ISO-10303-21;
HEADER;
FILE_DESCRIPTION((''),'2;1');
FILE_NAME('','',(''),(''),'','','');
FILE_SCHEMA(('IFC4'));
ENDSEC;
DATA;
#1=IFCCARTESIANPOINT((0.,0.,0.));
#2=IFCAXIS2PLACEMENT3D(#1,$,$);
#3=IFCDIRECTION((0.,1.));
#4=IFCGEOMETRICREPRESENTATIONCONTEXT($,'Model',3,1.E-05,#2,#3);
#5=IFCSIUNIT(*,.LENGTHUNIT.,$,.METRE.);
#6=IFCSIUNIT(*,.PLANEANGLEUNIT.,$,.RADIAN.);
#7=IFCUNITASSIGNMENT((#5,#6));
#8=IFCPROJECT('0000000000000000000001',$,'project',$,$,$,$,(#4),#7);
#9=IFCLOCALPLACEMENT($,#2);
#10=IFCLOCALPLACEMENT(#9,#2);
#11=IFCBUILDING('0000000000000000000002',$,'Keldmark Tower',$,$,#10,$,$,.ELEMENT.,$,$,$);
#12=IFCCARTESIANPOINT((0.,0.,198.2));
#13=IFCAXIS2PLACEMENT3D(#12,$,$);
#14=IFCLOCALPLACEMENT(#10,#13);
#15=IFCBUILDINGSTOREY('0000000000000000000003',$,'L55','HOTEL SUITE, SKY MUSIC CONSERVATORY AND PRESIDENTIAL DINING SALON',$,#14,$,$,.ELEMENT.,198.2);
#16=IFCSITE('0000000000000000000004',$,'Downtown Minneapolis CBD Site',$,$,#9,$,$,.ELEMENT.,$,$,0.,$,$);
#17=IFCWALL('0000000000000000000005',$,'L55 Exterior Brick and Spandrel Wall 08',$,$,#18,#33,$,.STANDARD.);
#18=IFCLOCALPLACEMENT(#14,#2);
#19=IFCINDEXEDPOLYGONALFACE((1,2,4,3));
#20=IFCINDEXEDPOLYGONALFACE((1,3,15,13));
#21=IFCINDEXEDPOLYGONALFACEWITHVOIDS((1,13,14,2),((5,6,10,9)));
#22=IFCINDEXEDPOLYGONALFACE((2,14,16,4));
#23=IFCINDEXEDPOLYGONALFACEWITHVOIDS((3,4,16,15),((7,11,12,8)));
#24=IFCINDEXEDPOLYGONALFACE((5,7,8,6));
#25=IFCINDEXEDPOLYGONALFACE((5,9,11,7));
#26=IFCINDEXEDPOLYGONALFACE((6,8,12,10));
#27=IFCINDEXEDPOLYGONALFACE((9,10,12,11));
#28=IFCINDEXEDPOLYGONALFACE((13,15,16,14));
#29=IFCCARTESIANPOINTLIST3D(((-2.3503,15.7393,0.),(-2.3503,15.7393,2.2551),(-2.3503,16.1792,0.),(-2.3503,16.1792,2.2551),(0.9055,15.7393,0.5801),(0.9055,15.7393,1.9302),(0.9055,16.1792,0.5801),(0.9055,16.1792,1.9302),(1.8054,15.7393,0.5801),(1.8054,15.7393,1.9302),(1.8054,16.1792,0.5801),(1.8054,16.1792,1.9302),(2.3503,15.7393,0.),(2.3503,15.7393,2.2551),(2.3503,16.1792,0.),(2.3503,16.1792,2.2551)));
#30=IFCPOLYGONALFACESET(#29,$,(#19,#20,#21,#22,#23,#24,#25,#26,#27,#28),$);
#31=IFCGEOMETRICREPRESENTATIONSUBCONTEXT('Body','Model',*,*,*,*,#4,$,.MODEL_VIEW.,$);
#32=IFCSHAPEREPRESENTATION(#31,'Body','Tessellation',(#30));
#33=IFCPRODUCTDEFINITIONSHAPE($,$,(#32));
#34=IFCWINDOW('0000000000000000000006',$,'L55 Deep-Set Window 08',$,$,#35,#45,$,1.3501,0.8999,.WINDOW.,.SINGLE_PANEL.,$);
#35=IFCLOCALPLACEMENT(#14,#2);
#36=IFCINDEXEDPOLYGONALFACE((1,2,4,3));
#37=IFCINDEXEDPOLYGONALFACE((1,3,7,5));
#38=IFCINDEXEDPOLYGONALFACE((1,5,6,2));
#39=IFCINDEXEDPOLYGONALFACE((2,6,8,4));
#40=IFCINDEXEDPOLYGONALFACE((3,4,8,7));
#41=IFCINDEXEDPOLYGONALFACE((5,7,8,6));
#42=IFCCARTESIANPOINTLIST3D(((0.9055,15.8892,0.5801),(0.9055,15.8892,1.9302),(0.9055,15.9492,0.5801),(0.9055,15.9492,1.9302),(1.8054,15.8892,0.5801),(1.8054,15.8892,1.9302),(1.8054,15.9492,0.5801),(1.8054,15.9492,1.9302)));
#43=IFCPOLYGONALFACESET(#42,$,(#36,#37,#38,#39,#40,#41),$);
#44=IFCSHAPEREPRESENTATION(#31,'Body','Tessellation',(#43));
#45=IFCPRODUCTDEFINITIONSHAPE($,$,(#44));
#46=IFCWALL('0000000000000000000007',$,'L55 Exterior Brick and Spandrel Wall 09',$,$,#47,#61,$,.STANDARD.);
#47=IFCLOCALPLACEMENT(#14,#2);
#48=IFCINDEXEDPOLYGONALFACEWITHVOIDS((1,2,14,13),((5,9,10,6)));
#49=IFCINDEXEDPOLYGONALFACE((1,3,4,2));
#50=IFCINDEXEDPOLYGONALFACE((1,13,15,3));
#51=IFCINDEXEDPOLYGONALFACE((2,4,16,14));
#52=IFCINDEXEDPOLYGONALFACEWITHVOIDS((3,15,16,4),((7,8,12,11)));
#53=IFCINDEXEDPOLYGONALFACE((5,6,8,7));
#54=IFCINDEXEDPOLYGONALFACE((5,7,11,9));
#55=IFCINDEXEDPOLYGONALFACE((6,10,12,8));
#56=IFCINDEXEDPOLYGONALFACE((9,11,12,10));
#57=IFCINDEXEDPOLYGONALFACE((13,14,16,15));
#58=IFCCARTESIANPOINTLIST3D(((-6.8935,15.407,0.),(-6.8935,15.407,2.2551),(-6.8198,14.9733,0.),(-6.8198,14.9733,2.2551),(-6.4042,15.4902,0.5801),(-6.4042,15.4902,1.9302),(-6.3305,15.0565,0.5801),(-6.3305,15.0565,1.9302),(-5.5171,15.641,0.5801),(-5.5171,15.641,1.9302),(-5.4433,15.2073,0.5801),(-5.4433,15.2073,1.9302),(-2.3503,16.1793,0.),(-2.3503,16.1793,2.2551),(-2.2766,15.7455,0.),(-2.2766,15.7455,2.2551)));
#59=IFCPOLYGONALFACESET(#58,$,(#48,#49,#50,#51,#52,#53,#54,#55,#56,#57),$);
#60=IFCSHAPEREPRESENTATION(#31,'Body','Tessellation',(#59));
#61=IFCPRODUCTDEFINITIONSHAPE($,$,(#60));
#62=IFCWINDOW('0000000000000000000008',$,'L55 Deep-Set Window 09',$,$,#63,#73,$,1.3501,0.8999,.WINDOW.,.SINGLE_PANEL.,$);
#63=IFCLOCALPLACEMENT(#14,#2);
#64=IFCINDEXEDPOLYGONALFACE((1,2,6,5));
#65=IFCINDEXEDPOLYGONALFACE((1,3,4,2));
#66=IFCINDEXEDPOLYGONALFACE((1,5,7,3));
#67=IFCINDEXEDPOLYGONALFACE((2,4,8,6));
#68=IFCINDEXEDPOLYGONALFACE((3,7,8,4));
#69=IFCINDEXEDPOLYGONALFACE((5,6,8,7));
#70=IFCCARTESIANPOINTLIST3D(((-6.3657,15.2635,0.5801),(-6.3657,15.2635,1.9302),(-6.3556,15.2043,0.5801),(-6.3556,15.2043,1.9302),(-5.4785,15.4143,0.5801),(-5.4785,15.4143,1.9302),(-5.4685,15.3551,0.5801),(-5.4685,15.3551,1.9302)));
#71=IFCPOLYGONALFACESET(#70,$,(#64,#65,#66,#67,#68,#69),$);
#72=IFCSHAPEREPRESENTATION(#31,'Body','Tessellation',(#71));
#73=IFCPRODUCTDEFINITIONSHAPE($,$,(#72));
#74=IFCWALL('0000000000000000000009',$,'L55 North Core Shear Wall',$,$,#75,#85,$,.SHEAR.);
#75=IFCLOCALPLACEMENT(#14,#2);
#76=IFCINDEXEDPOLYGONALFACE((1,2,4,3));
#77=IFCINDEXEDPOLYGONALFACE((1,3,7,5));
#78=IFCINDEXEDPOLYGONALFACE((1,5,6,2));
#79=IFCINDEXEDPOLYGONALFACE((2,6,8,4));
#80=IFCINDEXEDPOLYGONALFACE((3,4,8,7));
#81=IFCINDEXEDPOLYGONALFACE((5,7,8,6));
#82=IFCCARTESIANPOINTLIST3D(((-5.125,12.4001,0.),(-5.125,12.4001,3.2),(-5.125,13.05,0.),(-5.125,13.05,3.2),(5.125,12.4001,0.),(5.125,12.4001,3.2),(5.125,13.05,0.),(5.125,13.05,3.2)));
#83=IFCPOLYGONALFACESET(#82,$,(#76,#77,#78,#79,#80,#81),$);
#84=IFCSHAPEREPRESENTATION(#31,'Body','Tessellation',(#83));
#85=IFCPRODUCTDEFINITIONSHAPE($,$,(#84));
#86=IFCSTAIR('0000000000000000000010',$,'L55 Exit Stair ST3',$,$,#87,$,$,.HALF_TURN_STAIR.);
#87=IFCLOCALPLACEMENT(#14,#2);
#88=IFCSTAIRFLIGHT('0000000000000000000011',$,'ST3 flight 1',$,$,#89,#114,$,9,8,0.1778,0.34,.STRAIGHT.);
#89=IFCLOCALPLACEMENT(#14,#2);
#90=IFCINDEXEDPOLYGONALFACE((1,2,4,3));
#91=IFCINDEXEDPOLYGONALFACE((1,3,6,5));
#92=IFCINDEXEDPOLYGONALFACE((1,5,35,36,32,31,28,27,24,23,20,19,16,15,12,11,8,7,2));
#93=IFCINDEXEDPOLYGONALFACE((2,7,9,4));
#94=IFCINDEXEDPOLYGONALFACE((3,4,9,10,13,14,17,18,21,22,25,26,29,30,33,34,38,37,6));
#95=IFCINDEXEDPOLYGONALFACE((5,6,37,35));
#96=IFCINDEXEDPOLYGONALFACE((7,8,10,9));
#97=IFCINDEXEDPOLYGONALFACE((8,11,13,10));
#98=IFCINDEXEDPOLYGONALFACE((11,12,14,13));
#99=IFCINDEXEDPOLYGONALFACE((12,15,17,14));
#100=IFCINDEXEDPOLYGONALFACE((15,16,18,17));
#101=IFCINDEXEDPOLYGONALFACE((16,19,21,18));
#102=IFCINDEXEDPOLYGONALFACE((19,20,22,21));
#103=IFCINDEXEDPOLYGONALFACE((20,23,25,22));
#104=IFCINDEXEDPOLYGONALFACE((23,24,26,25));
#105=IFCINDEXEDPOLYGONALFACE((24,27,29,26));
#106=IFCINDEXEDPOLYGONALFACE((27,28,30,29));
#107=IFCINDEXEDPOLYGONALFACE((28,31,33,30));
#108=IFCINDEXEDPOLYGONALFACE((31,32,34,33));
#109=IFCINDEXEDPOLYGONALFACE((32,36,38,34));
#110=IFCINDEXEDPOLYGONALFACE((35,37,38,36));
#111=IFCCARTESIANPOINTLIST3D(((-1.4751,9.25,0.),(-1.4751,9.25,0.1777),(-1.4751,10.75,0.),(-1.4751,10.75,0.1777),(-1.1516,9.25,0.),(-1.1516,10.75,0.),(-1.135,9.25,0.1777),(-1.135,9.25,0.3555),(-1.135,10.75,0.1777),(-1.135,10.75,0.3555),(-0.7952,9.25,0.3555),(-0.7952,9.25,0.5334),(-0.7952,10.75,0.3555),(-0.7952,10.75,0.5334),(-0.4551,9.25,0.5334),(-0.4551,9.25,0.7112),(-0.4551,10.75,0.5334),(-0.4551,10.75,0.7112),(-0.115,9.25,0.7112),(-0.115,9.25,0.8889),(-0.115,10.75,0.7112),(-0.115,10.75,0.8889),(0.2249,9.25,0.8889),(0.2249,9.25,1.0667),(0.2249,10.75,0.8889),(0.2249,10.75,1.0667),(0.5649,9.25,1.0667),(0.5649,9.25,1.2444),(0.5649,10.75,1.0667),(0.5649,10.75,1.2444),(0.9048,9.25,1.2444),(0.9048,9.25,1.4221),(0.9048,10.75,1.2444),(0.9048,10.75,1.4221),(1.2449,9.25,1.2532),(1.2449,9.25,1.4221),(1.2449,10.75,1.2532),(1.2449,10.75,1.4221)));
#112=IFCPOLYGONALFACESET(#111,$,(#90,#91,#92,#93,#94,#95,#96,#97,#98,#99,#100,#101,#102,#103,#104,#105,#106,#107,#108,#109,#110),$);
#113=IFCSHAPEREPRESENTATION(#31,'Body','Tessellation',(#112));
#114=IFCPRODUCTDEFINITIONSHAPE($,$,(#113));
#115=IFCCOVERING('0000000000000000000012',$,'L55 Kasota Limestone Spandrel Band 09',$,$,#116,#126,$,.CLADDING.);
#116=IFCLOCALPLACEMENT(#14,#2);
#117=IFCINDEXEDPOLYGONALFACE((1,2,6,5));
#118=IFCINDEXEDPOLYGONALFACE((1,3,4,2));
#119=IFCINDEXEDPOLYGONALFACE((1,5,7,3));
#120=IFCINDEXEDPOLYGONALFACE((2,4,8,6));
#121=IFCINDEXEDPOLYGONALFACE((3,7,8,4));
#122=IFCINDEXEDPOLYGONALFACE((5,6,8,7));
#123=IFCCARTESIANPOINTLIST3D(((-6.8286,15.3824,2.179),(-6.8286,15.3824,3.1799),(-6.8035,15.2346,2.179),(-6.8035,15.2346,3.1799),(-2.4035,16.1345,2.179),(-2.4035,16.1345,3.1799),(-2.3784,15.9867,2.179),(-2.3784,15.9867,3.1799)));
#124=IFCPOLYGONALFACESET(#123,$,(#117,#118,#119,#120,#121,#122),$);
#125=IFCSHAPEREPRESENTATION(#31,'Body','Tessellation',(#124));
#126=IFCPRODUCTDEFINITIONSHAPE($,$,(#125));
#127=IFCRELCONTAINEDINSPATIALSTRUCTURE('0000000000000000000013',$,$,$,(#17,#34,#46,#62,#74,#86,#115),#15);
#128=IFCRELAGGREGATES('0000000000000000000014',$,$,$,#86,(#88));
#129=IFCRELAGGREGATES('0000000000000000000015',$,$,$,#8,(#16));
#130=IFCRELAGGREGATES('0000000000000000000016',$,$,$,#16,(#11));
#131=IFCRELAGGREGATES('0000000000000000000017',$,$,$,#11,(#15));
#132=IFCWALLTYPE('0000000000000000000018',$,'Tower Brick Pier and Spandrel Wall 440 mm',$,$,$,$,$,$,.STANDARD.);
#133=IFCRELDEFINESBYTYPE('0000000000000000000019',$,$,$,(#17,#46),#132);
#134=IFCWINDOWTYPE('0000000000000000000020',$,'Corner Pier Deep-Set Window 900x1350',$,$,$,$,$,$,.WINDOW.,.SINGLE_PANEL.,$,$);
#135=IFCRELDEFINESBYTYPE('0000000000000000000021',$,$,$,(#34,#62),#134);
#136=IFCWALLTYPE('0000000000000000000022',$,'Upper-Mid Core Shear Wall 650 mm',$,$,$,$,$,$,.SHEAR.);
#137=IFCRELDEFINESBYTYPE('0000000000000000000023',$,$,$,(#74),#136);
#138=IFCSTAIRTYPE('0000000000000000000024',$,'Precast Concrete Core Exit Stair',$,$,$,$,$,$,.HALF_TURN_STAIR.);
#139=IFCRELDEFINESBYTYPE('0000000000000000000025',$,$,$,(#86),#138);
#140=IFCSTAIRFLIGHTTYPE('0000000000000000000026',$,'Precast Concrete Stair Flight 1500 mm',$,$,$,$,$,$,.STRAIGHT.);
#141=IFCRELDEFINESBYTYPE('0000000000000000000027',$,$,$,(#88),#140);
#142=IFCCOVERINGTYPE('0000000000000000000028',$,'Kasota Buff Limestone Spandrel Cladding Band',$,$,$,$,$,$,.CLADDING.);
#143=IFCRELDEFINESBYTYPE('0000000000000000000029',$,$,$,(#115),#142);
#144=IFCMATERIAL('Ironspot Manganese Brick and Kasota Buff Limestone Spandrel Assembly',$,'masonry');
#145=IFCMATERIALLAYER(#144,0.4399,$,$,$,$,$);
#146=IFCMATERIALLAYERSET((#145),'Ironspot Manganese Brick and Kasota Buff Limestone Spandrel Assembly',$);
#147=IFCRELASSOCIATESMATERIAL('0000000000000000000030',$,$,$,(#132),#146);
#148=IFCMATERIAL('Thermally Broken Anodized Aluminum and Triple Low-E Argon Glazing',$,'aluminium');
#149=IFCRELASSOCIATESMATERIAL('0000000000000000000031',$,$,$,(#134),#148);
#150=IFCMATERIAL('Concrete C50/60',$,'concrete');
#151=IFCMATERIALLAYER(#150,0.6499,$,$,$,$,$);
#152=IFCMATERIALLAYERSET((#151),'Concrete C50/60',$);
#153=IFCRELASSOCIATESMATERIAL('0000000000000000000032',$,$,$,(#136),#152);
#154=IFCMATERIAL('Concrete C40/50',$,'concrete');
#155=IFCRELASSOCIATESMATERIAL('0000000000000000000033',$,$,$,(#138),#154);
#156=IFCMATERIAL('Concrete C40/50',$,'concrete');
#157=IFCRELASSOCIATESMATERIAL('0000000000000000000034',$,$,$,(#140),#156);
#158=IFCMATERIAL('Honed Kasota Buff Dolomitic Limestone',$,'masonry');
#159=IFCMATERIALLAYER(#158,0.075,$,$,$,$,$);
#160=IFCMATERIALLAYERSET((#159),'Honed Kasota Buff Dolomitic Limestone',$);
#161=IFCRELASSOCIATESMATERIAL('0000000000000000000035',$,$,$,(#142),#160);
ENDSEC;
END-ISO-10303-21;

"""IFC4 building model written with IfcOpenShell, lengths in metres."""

from ifc_helpers import new_model, si_unit, direction, frame, frame_2d, origin, origin_2d, place, context, subcontext, project, spatial, polyline, rectangle, outline, extrude, material, layer, layer_set, type_object, element, fill, aggregate, save


model = new_model("IFC4")

# Units and contexts
model_context = context("Model", 3, precision=1e-05, world=origin(), true_north=direction((0.0, 1.0)))
body_context = subcontext(model_context, "Body", "Model", "MODEL_VIEW")
ifc_project = project(units=[si_unit("LENGTHUNIT", "METRE"), si_unit("PLANEANGLEUNIT", "RADIAN")], contexts=[model_context])

# Site, building, storey
site_placement = place(None, origin())
site = spatial("IfcSite", under=ifc_project, at=site_placement, Name="Downtown Minneapolis CBD Site", CompositionType="ELEMENT", RefElevation=0.0)
building_placement = place(site_placement, origin())
building = spatial("IfcBuilding", under=site, at=building_placement, Name="Keldmark Tower", CompositionType="ELEMENT")
storey_placement = place(building_placement, frame((0.0, 0.0, 198.2)))
storey = spatial("IfcBuildingStorey", under=building, at=storey_placement, Name="L55", Description="HOTEL SUITE, SKY MUSIC CONSERVATORY AND PRESIDENTIAL DINING SALON", CompositionType="ELEMENT", Elevation=198.2)

# Walls, openings, windows
ifc_material_1 = material(Name="Ironspot Manganese Brick and Kasota Buff Limestone Spandrel Assembly", Category="masonry")
ifc_layer_1 = layer(ifc_material_1, 0.4399)
ifc_layer_set_1 = layer_set([ifc_layer_1], Name="Ironspot Manganese Brick and Kasota Buff Limestone Spandrel Assembly")
wall_type_1 = type_object("IfcWallType", Name="Tower Brick Pier and Spandrel Wall 440 mm", PredefinedType="STANDARD", material=ifc_layer_set_1)
wall_1_placement = place(storey_placement, frame((-2.3503, 15.9592, 0.0), z_axis=(0.0, 0.0, 1.0), x_axis=(1.0, 0.0, 0.0)))
wall_1 = element("IfcWall", 1, at=wall_1_placement, inside=storey, type_object=wall_type_1, Name="L55 Exterior Brick and Spandrel Wall 08", PredefinedType="STANDARD", context=body_context, shape_type="SweptSolid", body=[
    extrude(rectangle(XDim=4.7007, YDim=0.4399, at=frame_2d((2.3503, 0.0))), origin(), (0.0, 0.0, 1.0), 2.2551),
])
opening_1_placement = place(wall_1_placement, frame((3.2559, 0.0, 0.5801)))
opening_1 = element("IfcOpeningElement", 2, at=opening_1_placement, cuts=wall_1, PredefinedType="OPENING", context=body_context, shape_type="SweptSolid", body=[
    extrude(rectangle(XDim=0.8999, YDim=1.3501, at=frame_2d((0.45, 0.675))), frame((0.0, 0.23, 0.0), z_axis=(0.0, -1.0, 0.0), x_axis=(1.0, 0.0, 0.0)), (0.0, 0.0, 1.0), 0.46),
])
ifc_material_2 = material(Name="Thermally Broken Anodized Aluminum and Triple Low-E Argon Glazing", Category="aluminium")
window_type = type_object("IfcWindowType", Name="Corner Pier Deep-Set Window 900x1350", PartitioningType="SINGLE_PANEL", PredefinedType="WINDOW", material=ifc_material_2)
window_1_placement = place(opening_1_placement, origin())
window_1 = element("IfcWindow", 3, at=window_1_placement, inside=storey, type_object=window_type, Name="L55 Deep-Set Window 08", OverallHeight=1.3501, OverallWidth=0.8999, PartitioningType="SINGLE_PANEL", PredefinedType="WINDOW", context=body_context, shape_type="SweptSolid", body=[
    extrude(rectangle(XDim=0.8999, YDim=1.3501, at=frame_2d((0.45, 0.675))), frame((0.0, -0.01, 0.0), z_axis=(0.0, -1.0, 0.0), x_axis=(1.0, 0.0, 0.0)), (0.0, 0.0, 1.0), 0.0601),
])
fill(opening_1, window_1)
wall_2_placement = place(storey_placement, frame((-6.8567, 15.1902, 0.0), z_axis=(0.0, 0.0, 1.0), x_axis=(0.98586, 0.167568, 0.0)))
wall_2 = element("IfcWall", 4, at=wall_2_placement, inside=storey, type_object=wall_type_1, Name="L55 Exterior Brick and Spandrel Wall 09", PredefinedType="STANDARD", context=body_context, shape_type="SweptSolid", body=[
    extrude(rectangle(XDim=4.6084, YDim=0.4399, at=frame_2d((2.3042, 0.0))), origin(), (0.0, 0.0, 1.0), 2.2551),
])
opening_2_placement = place(wall_2_placement, frame((0.4963, 0.0, 0.5801)))
opening_2 = element("IfcOpeningElement", 5, at=opening_2_placement, cuts=wall_2, PredefinedType="OPENING", context=body_context, shape_type="SweptSolid", body=[
    extrude(rectangle(XDim=0.8999, YDim=1.3501, at=frame_2d((0.45, 0.675))), frame((0.0, 0.23, 0.0), z_axis=(0.0, -1.0, 0.0), x_axis=(1.0, 0.0, 0.0)), (0.0, 0.0, 1.0), 0.46),
])
window_2_placement = place(opening_2_placement, origin())
window_2 = element("IfcWindow", 6, at=window_2_placement, inside=storey, type_object=window_type, Name="L55 Deep-Set Window 09", OverallHeight=1.3501, OverallWidth=0.8999, PartitioningType="SINGLE_PANEL", PredefinedType="WINDOW", context=body_context, shape_type="SweptSolid", body=[
    extrude(rectangle(XDim=0.8999, YDim=1.3501, at=frame_2d((0.45, 0.675))), frame((0.0, -0.01, 0.0), z_axis=(0.0, -1.0, 0.0), x_axis=(1.0, 0.0, 0.0)), (0.0, 0.0, 1.0), 0.0601),
])
fill(opening_2, window_2)

# Wall
ifc_material_3 = material(Name="Concrete C50/60", Category="concrete")
ifc_layer_2 = layer(ifc_material_3, 0.6499)
ifc_layer_set_2 = layer_set([ifc_layer_2], Name="Concrete C50/60")
wall_type_2 = type_object("IfcWallType", Name="Upper-Mid Core Shear Wall 650 mm", PredefinedType="SHEAR", material=ifc_layer_set_2)
wall_3_placement = place(storey_placement, frame((-5.125, 12.7251, 0.0), z_axis=(0.0, 0.0, 1.0), x_axis=(1.0, 0.0, 0.0)))
element("IfcWall", 7, at=wall_3_placement, inside=storey, type_object=wall_type_2, Name="L55 North Core Shear Wall", PredefinedType="SHEAR", context=body_context, shape_type="SweptSolid", body=[
    extrude(rectangle(XDim=10.25, YDim=0.6499, at=frame_2d((5.125, 0.0))), origin(), (0.0, 0.0, 1.0), 3.2),
])

# Stair, stair flight
ifc_material_4 = material(Name="Concrete C40/50", Category="concrete")
stair_type = type_object("IfcStairType", Name="Precast Concrete Core Exit Stair", PredefinedType="HALF_TURN_STAIR", material=ifc_material_4)
stair_placement = place(storey_placement, origin())
stair = element("IfcStair", 8, at=stair_placement, inside=storey, type_object=stair_type, Name="L55 Exit Stair ST3", PredefinedType="HALF_TURN_STAIR")
ifc_material_5 = material(Name="Concrete C40/50", Category="concrete")
stair_flight_type = type_object("IfcStairFlightType", Name="Precast Concrete Stair Flight 1500 mm", PredefinedType="STRAIGHT", material=ifc_material_5)
stair_flight_placement = place(storey_placement, frame((-1.4751, 10.0, 0.0), z_axis=(0.0, 0.0, 1.0), x_axis=(1.0, 0.0, 0.0)))
stair_flight = element("IfcStairFlight", 9, at=stair_flight_placement, type_object=stair_flight_type, Name="ST3 flight 1", NumberOfRisers=9, NumberOfTreads=8, PredefinedType="STRAIGHT", RiserHeight=0.1778, TreadLength=0.34, context=body_context, shape_type="SweptSolid", body=[
    extrude(outline(polyline([(0.0, 0.0), (0.0, 0.1777), (0.3401, 0.1777), (0.3401, 0.3555), (0.6799, 0.3555), (0.6799, 0.5334), (1.02, 0.5334), (1.02, 0.7112), (1.3601, 0.7112), (1.3601, 0.8889), (1.7, 0.8889), (1.7, 1.0667), (2.04, 1.0667), (2.04, 1.2444), (2.3799, 1.2444), (2.3799, 1.4221), (2.72, 1.4221), (2.72, 1.6001), (2.72, 1.2532), (0.3235, 0.0), (0.0, 0.0)])), frame((0.0, 0.75, 0.0), z_axis=(0.0, -1.0, 0.0), x_axis=(1.0, 0.0, 0.0)), (0.0, 0.0, 1.0), 1.5),
])
aggregate(stair, [stair_flight])

# Covering
ifc_material_6 = material(Name="Honed Kasota Buff Dolomitic Limestone", Category="masonry")
ifc_layer_3 = layer(ifc_material_6, 0.075)
ifc_layer_set_3 = layer_set([ifc_layer_3], Name="Honed Kasota Buff Dolomitic Limestone")
covering_type = type_object("IfcCoveringType", Name="Kasota Buff Limestone Spandrel Cladding Band", PredefinedType="CLADDING", material=ifc_layer_set_3)
covering_placement = place(storey_placement, frame((-4.6035, 15.6846, 2.179), z_axis=(0.0, 0.0, 1.0), x_axis=(-0.985862, -0.16756, 0.0)))
element("IfcCovering", 10, at=covering_placement, inside=storey, type_object=covering_type, Name="L55 Kasota Limestone Spandrel Band 09", PredefinedType="CLADDING", context=body_context, shape_type="SweptSolid", body=[
    extrude(rectangle(XDim=4.4885, YDim=0.1499, at=origin_2d()), origin(), (0.0, 0.0, 1.0), 1.001),
])

save(model, "model.ifc")
